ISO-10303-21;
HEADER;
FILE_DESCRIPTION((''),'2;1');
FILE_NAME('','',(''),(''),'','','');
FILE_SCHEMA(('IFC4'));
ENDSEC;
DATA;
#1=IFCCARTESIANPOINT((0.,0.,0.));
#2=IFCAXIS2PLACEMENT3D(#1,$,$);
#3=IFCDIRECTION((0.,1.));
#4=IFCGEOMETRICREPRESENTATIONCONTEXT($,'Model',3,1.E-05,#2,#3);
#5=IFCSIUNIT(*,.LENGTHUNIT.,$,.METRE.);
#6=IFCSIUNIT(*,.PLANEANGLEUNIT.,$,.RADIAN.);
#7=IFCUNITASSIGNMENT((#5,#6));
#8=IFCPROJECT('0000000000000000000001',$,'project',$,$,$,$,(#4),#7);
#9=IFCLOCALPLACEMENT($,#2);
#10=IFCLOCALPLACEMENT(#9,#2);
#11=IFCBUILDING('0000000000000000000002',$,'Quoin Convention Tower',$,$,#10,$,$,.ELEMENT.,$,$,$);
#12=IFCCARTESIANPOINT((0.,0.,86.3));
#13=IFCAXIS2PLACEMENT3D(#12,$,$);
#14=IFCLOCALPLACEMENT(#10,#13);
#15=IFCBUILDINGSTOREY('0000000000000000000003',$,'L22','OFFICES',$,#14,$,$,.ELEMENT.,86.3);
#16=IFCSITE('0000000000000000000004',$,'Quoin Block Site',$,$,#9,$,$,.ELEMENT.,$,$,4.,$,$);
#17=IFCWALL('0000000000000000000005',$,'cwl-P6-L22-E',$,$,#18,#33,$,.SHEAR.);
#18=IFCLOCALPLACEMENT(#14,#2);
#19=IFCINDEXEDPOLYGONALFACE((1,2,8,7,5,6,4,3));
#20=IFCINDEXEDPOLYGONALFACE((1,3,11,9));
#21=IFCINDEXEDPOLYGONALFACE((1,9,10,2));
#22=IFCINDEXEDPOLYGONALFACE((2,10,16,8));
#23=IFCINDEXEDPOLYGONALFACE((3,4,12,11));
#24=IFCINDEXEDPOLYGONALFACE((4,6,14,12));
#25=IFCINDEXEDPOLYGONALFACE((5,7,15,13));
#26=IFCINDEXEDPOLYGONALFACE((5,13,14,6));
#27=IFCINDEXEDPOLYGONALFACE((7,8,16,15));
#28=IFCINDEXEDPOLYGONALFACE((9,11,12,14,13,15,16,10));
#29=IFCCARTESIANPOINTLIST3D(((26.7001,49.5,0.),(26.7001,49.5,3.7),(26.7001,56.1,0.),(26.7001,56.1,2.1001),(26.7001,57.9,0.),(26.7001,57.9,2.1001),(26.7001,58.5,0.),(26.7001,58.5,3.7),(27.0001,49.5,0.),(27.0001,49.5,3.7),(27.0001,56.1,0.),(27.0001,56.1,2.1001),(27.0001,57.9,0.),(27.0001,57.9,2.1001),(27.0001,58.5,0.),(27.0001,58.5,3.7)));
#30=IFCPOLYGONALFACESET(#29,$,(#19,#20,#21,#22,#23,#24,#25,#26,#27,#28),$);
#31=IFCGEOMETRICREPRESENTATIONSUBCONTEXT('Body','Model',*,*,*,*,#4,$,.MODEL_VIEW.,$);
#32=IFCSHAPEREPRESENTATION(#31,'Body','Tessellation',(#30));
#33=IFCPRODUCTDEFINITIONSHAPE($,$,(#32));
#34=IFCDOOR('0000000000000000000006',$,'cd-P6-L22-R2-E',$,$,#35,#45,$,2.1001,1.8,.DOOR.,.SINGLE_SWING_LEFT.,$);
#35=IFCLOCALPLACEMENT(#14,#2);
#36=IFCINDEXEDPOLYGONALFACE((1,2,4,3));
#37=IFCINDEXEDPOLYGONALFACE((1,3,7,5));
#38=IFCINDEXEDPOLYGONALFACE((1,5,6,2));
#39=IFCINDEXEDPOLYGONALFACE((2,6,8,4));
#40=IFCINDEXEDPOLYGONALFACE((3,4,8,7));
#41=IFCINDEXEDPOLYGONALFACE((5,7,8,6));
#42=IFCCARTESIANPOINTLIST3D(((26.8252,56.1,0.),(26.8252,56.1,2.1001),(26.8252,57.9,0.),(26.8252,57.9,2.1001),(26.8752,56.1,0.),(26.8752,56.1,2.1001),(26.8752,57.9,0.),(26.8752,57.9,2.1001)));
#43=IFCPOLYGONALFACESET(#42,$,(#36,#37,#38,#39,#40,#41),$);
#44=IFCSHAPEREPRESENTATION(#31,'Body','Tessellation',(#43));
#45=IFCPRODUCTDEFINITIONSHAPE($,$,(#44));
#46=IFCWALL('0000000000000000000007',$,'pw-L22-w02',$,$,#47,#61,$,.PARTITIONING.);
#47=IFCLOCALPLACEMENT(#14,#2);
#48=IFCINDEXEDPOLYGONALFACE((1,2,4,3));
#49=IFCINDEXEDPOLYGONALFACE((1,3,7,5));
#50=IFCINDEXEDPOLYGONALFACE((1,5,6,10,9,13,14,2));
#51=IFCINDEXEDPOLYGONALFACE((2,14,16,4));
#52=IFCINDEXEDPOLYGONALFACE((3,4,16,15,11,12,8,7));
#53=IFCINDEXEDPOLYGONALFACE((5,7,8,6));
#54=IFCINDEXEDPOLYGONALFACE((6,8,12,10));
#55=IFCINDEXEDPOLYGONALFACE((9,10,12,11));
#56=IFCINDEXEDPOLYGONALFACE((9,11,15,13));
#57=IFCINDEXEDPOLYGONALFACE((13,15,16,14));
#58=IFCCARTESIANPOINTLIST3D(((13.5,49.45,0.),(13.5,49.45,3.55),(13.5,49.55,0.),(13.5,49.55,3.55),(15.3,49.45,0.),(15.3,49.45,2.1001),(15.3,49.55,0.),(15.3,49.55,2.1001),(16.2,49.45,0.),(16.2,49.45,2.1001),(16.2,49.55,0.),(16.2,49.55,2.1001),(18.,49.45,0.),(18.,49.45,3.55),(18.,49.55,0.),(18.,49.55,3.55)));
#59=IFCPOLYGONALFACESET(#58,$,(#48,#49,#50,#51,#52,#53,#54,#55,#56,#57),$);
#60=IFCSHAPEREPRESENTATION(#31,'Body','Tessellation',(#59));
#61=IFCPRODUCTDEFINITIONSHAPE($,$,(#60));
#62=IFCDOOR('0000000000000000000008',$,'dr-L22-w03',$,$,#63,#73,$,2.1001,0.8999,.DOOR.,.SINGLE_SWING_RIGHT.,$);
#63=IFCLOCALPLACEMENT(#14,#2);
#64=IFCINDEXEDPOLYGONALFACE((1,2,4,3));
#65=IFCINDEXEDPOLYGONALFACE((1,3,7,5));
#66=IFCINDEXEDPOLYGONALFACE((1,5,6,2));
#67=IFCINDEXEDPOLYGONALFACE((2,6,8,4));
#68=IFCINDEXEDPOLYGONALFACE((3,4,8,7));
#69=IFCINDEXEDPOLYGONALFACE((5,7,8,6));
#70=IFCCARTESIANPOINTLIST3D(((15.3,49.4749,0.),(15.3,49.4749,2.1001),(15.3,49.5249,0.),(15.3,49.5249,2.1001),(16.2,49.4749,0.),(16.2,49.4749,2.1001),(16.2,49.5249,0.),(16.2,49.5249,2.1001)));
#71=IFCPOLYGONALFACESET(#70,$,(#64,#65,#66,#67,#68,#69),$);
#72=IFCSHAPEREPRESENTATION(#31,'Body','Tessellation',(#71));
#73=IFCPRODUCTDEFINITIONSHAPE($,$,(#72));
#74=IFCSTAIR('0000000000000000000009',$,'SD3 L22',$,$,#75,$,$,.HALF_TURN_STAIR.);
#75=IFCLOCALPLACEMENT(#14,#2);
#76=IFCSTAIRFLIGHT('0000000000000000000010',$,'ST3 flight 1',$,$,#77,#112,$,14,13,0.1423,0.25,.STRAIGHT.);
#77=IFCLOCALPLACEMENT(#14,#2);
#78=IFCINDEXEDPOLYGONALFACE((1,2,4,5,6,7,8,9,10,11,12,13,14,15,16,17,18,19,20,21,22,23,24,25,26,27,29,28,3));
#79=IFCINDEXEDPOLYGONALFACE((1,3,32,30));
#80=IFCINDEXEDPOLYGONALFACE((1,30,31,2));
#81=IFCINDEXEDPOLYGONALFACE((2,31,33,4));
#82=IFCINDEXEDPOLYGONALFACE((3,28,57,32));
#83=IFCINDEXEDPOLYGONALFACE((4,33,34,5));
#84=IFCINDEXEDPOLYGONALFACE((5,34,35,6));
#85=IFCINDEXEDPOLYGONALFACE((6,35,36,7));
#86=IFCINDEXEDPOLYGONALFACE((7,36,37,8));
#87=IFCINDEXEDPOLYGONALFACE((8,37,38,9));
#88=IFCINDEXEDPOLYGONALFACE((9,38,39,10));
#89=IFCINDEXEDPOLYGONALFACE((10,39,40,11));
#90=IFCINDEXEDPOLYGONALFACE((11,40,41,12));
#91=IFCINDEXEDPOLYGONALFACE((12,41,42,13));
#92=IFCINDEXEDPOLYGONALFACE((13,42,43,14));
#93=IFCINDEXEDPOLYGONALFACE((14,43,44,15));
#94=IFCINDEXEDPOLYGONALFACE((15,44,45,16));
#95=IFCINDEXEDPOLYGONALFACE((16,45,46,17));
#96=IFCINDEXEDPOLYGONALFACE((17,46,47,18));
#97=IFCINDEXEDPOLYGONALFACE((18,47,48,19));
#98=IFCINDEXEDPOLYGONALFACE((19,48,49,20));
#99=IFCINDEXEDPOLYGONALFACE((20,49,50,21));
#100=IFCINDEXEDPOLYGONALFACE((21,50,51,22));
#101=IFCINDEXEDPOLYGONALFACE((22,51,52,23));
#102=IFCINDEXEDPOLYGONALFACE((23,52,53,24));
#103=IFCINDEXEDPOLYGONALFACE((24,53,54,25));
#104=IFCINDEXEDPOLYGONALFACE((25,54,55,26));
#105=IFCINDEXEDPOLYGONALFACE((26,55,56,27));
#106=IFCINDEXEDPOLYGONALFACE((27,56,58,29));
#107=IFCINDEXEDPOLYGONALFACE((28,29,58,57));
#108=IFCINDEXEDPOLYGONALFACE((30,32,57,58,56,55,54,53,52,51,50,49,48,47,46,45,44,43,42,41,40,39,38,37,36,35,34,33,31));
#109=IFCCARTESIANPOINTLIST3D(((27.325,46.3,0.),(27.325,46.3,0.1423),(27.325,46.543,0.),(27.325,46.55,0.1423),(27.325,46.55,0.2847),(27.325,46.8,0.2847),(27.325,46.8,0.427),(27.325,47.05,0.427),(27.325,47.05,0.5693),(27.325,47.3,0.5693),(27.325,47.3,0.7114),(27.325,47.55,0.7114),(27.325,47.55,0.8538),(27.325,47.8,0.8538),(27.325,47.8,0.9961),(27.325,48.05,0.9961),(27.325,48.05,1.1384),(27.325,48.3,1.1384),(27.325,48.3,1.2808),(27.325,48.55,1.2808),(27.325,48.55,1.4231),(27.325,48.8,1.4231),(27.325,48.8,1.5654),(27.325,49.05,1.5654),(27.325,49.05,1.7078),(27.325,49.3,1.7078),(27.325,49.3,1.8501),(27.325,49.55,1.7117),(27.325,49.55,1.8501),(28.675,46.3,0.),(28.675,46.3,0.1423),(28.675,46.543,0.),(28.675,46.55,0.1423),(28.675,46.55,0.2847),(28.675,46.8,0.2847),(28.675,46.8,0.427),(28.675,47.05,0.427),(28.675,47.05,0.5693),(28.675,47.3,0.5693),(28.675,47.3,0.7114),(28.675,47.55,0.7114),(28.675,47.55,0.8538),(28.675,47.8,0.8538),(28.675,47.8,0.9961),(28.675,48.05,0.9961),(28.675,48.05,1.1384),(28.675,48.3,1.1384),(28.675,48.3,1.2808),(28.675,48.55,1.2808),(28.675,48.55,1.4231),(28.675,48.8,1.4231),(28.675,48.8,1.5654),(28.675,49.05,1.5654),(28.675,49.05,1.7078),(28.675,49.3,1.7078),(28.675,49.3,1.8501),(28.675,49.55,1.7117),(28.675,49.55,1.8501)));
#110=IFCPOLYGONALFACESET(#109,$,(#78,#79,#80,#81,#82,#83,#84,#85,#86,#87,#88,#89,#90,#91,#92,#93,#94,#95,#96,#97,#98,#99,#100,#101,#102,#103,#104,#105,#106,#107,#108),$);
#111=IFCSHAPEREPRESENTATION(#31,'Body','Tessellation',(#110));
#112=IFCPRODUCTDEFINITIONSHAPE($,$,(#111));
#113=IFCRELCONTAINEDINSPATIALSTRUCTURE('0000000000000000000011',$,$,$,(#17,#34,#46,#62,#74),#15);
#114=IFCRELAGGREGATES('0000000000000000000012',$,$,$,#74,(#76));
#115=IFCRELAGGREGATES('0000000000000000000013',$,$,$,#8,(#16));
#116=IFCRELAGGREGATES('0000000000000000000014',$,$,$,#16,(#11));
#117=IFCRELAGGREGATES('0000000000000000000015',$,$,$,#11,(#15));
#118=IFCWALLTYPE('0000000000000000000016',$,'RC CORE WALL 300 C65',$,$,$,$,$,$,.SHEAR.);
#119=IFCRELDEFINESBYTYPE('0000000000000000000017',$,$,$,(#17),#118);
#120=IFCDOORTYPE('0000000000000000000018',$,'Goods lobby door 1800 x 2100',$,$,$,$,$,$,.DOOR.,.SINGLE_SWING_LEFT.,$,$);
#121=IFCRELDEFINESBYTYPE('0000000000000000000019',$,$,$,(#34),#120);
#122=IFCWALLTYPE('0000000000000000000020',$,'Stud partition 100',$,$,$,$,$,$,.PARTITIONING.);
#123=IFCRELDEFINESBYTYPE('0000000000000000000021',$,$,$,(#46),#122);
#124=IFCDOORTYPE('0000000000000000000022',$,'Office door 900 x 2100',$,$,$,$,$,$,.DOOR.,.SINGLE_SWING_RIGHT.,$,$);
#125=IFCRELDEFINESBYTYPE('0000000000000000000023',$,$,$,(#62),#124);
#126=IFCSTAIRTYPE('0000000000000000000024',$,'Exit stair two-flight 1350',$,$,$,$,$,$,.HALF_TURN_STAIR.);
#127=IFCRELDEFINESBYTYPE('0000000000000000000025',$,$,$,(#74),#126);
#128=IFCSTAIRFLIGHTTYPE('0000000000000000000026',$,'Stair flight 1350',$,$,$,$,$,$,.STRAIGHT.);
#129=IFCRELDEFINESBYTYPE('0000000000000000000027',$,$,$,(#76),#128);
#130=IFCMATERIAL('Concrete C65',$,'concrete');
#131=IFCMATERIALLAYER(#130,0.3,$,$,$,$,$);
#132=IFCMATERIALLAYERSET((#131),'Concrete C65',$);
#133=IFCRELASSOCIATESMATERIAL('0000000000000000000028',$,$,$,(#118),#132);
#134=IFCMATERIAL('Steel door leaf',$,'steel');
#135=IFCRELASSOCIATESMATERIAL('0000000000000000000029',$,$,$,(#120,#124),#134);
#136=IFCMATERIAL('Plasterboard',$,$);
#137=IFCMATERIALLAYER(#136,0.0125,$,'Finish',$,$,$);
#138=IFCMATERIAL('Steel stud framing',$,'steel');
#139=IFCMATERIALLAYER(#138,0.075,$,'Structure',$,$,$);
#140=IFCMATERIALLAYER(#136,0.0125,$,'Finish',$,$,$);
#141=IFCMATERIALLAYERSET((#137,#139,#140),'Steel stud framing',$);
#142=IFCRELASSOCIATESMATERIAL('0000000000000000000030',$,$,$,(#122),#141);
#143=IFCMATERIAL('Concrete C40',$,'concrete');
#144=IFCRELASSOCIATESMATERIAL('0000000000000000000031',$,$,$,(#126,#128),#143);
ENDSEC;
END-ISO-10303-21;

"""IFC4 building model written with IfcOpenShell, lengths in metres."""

from ifc_helpers import new_model, si_unit, direction, frame, frame_2d, origin, place, context, subcontext, project, spatial, polyline, rectangle, outline, extrude, material, layer, layer_set, type_object, element, fill, aggregate, save


model = new_model("IFC4")

# Units and contexts
model_context = context("Model", 3, precision=1e-05, world=origin(), true_north=direction((0.0, 1.0)))
body_context = subcontext(model_context, "Body", "Model", "MODEL_VIEW")
ifc_project = project(units=[si_unit("LENGTHUNIT", "METRE"), si_unit("PLANEANGLEUNIT", "RADIAN")], contexts=[model_context])

# Site, building, storey
site_placement = place(None, origin())
site = spatial("IfcSite", under=ifc_project, at=site_placement, Name="Quoin Block Site", CompositionType="ELEMENT", RefElevation=4.0)
building_placement = place(site_placement, origin())
building = spatial("IfcBuilding", under=site, at=building_placement, Name="Quoin Convention Tower", CompositionType="ELEMENT")
storey_placement = place(building_placement, frame((0.0, 0.0, 86.3)))
storey = spatial("IfcBuildingStorey", under=building, at=storey_placement, Name="L22", Description="OFFICES", CompositionType="ELEMENT", Elevation=86.3)

# Shared definitions
ifc_material_1 = material(Name="Concrete C65", Category="concrete")

# Shared definitions
ifc_material_2 = material(Name="Plasterboard")
ifc_material_3 = material(Name="Steel stud framing", Category="steel")

# Shared definitions
ifc_layer_1 = layer(ifc_material_1, 0.3)
ifc_layer_set_1 = layer_set([ifc_layer_1], Name="Concrete C65")
wall_type_1 = type_object("IfcWallType", Name="RC CORE WALL 300 C65", PredefinedType="SHEAR", material=ifc_layer_set_1)
ifc_material_4 = material(Name="Steel door leaf", Category="steel")

# Walls, openings, doors
wall_1_placement = place(storey_placement, frame((26.8501, 49.5, 0.0), z_axis=(0.0, 0.0, 1.0), x_axis=(0.0, 1.0, 0.0)))
wall_1 = element("IfcWall", 1, at=wall_1_placement, inside=storey, type_object=wall_type_1, Name="cwl-P6-L22-E", PredefinedType="SHEAR", context=body_context, shape_type="SweptSolid", body=[
    extrude(rectangle(XDim=9.0, YDim=0.3, at=frame_2d((4.5, 0.0))), origin(), (0.0, 0.0, 1.0), 3.7),
])
opening_1_placement = place(wall_1_placement, frame((6.6001, 0.0, 0.0)))
opening_1 = element("IfcOpeningElement", 2, at=opening_1_placement, cuts=wall_1, PredefinedType="OPENING", context=body_context, shape_type="SweptSolid", body=[
    extrude(rectangle(XDim=1.8, YDim=2.1001, at=frame_2d((0.8999, 1.05))), frame((0.0, 0.1599, 0.0), z_axis=(0.0, -1.0, 0.0), x_axis=(1.0, 0.0, 0.0)), (0.0, 0.0, 1.0), 0.3201),
])
door_type_1 = type_object("IfcDoorType", Name="Goods lobby door 1800 x 2100", OperationType="SINGLE_SWING_LEFT", PredefinedType="DOOR", material=ifc_material_4)
door_1_placement = place(opening_1_placement, origin())
door_1 = element("IfcDoor", 3, at=door_1_placement, inside=storey, type_object=door_type_1, Name="cd-P6-L22-R2-E", OperationType="SINGLE_SWING_LEFT", OverallHeight=2.1001, OverallWidth=1.8, PredefinedType="DOOR", context=body_context, shape_type="SweptSolid", body=[
    extrude(rectangle(XDim=1.8, YDim=2.1001, at=frame_2d((0.8999, 1.05))), frame((0.0, 0.0249, 0.0), z_axis=(0.0, -1.0, 0.0), x_axis=(1.0, 0.0, 0.0)), (0.0, 0.0, 1.0), 0.05),
])
fill(opening_1, door_1)
ifc_layer_2 = layer(ifc_material_2, 0.0125, Name="Finish")
ifc_layer_3 = layer(ifc_material_3, 0.075, Name="Structure")
ifc_layer_4 = layer(ifc_material_2, 0.0125, Name="Finish")
ifc_layer_set_2 = layer_set([ifc_layer_2, ifc_layer_3, ifc_layer_4], Name="Steel stud framing")
wall_type_2 = type_object("IfcWallType", Name="Stud partition 100", PredefinedType="PARTITIONING", material=ifc_layer_set_2)
wall_2_placement = place(storey_placement, frame((13.5, 49.5, 0.0), z_axis=(0.0, 0.0, 1.0), x_axis=(1.0, 0.0, 0.0)))
wall_2 = element("IfcWall", 4, at=wall_2_placement, inside=storey, type_object=wall_type_2, Name="pw-L22-w02", PredefinedType="PARTITIONING", context=body_context, shape_type="SweptSolid", body=[
    extrude(rectangle(XDim=4.5, YDim=0.1001, at=frame_2d((2.25, 0.0))), origin(), (0.0, 0.0, 1.0), 3.55),
])
opening_2_placement = place(wall_2_placement, frame((1.8, 0.0, 0.0)))
opening_2 = element("IfcOpeningElement", 5, at=opening_2_placement, cuts=wall_2, PredefinedType="OPENING", context=body_context, shape_type="SweptSolid", body=[
    extrude(rectangle(XDim=0.8999, YDim=2.1001, at=frame_2d((0.45, 1.05))), frame((0.0, 0.0601, 0.0), z_axis=(0.0, -1.0, 0.0), x_axis=(1.0, 0.0, 0.0)), (0.0, 0.0, 1.0), 0.1201),
])
door_type_2 = type_object("IfcDoorType", Name="Office door 900 x 2100", OperationType="SINGLE_SWING_RIGHT", PredefinedType="DOOR", material=ifc_material_4)
door_2_placement = place(opening_2_placement, origin())
door_2 = element("IfcDoor", 6, at=door_2_placement, inside=storey, type_object=door_type_2, Name="dr-L22-w03", OperationType="SINGLE_SWING_RIGHT", OverallHeight=2.1001, OverallWidth=0.8999, PredefinedType="DOOR", context=body_context, shape_type="SweptSolid", body=[
    extrude(rectangle(XDim=0.8999, YDim=2.1001, at=frame_2d((0.45, 1.05))), frame((0.0, 0.0249, 0.0), z_axis=(0.0, -1.0, 0.0), x_axis=(1.0, 0.0, 0.0)), (0.0, 0.0, 1.0), 0.05),
])
fill(opening_2, door_2)

# Stair, stair flight
ifc_material_5 = material(Name="Concrete C40", Category="concrete")
stair_type = type_object("IfcStairType", Name="Exit stair two-flight 1350", PredefinedType="HALF_TURN_STAIR", material=ifc_material_5)
stair_placement = place(storey_placement, origin())
stair = element("IfcStair", 7, at=stair_placement, inside=storey, type_object=stair_type, Name="SD3 L22", PredefinedType="HALF_TURN_STAIR")
stair_flight_type = type_object("IfcStairFlightType", Name="Stair flight 1350", PredefinedType="STRAIGHT", material=ifc_material_5)
stair_flight_placement = place(storey_placement, frame((28.0, 46.3, 0.0), z_axis=(0.0, 0.0, 1.0), x_axis=(0.0, 1.0, 0.0)))
stair_flight = element("IfcStairFlight", 8, at=stair_flight_placement, type_object=stair_flight_type, Name="ST3 flight 1", NumberOfRisers=14, NumberOfTreads=13, PredefinedType="STRAIGHT", RiserHeight=0.1423, TreadLength=0.25, context=body_context, shape_type="SweptSolid", body=[
    extrude(outline(polyline([(0.0, 0.0), (0.0, 0.1423), (0.25, 0.1423), (0.25, 0.2847), (0.5, 0.2847), (0.5, 0.427), (0.75, 0.427), (0.75, 0.5693), (1.0, 0.5693), (1.0, 0.7114), (1.25, 0.7114), (1.25, 0.8538), (1.5, 0.8538), (1.5, 0.9961), (1.75, 0.9961), (1.75, 1.1384), (2.0, 1.1384), (2.0, 1.2808), (2.25, 1.2808), (2.25, 1.4231), (2.5, 1.4231), (2.5, 1.5654), (2.75, 1.5654), (2.75, 1.7078), (3.0, 1.7078), (3.0, 1.8501), (3.25, 1.8501), (3.25, 1.9922), (3.25, 1.7117), (0.2429, 0.0), (0.0, 0.0)])), frame((0.0, 0.675, 0.0), z_axis=(0.0, -1.0, 0.0), x_axis=(1.0, 0.0, 0.0)), (0.0, 0.0, 1.0), 1.3501),
])
aggregate(stair, [stair_flight])

save(model, "model.ifc")
